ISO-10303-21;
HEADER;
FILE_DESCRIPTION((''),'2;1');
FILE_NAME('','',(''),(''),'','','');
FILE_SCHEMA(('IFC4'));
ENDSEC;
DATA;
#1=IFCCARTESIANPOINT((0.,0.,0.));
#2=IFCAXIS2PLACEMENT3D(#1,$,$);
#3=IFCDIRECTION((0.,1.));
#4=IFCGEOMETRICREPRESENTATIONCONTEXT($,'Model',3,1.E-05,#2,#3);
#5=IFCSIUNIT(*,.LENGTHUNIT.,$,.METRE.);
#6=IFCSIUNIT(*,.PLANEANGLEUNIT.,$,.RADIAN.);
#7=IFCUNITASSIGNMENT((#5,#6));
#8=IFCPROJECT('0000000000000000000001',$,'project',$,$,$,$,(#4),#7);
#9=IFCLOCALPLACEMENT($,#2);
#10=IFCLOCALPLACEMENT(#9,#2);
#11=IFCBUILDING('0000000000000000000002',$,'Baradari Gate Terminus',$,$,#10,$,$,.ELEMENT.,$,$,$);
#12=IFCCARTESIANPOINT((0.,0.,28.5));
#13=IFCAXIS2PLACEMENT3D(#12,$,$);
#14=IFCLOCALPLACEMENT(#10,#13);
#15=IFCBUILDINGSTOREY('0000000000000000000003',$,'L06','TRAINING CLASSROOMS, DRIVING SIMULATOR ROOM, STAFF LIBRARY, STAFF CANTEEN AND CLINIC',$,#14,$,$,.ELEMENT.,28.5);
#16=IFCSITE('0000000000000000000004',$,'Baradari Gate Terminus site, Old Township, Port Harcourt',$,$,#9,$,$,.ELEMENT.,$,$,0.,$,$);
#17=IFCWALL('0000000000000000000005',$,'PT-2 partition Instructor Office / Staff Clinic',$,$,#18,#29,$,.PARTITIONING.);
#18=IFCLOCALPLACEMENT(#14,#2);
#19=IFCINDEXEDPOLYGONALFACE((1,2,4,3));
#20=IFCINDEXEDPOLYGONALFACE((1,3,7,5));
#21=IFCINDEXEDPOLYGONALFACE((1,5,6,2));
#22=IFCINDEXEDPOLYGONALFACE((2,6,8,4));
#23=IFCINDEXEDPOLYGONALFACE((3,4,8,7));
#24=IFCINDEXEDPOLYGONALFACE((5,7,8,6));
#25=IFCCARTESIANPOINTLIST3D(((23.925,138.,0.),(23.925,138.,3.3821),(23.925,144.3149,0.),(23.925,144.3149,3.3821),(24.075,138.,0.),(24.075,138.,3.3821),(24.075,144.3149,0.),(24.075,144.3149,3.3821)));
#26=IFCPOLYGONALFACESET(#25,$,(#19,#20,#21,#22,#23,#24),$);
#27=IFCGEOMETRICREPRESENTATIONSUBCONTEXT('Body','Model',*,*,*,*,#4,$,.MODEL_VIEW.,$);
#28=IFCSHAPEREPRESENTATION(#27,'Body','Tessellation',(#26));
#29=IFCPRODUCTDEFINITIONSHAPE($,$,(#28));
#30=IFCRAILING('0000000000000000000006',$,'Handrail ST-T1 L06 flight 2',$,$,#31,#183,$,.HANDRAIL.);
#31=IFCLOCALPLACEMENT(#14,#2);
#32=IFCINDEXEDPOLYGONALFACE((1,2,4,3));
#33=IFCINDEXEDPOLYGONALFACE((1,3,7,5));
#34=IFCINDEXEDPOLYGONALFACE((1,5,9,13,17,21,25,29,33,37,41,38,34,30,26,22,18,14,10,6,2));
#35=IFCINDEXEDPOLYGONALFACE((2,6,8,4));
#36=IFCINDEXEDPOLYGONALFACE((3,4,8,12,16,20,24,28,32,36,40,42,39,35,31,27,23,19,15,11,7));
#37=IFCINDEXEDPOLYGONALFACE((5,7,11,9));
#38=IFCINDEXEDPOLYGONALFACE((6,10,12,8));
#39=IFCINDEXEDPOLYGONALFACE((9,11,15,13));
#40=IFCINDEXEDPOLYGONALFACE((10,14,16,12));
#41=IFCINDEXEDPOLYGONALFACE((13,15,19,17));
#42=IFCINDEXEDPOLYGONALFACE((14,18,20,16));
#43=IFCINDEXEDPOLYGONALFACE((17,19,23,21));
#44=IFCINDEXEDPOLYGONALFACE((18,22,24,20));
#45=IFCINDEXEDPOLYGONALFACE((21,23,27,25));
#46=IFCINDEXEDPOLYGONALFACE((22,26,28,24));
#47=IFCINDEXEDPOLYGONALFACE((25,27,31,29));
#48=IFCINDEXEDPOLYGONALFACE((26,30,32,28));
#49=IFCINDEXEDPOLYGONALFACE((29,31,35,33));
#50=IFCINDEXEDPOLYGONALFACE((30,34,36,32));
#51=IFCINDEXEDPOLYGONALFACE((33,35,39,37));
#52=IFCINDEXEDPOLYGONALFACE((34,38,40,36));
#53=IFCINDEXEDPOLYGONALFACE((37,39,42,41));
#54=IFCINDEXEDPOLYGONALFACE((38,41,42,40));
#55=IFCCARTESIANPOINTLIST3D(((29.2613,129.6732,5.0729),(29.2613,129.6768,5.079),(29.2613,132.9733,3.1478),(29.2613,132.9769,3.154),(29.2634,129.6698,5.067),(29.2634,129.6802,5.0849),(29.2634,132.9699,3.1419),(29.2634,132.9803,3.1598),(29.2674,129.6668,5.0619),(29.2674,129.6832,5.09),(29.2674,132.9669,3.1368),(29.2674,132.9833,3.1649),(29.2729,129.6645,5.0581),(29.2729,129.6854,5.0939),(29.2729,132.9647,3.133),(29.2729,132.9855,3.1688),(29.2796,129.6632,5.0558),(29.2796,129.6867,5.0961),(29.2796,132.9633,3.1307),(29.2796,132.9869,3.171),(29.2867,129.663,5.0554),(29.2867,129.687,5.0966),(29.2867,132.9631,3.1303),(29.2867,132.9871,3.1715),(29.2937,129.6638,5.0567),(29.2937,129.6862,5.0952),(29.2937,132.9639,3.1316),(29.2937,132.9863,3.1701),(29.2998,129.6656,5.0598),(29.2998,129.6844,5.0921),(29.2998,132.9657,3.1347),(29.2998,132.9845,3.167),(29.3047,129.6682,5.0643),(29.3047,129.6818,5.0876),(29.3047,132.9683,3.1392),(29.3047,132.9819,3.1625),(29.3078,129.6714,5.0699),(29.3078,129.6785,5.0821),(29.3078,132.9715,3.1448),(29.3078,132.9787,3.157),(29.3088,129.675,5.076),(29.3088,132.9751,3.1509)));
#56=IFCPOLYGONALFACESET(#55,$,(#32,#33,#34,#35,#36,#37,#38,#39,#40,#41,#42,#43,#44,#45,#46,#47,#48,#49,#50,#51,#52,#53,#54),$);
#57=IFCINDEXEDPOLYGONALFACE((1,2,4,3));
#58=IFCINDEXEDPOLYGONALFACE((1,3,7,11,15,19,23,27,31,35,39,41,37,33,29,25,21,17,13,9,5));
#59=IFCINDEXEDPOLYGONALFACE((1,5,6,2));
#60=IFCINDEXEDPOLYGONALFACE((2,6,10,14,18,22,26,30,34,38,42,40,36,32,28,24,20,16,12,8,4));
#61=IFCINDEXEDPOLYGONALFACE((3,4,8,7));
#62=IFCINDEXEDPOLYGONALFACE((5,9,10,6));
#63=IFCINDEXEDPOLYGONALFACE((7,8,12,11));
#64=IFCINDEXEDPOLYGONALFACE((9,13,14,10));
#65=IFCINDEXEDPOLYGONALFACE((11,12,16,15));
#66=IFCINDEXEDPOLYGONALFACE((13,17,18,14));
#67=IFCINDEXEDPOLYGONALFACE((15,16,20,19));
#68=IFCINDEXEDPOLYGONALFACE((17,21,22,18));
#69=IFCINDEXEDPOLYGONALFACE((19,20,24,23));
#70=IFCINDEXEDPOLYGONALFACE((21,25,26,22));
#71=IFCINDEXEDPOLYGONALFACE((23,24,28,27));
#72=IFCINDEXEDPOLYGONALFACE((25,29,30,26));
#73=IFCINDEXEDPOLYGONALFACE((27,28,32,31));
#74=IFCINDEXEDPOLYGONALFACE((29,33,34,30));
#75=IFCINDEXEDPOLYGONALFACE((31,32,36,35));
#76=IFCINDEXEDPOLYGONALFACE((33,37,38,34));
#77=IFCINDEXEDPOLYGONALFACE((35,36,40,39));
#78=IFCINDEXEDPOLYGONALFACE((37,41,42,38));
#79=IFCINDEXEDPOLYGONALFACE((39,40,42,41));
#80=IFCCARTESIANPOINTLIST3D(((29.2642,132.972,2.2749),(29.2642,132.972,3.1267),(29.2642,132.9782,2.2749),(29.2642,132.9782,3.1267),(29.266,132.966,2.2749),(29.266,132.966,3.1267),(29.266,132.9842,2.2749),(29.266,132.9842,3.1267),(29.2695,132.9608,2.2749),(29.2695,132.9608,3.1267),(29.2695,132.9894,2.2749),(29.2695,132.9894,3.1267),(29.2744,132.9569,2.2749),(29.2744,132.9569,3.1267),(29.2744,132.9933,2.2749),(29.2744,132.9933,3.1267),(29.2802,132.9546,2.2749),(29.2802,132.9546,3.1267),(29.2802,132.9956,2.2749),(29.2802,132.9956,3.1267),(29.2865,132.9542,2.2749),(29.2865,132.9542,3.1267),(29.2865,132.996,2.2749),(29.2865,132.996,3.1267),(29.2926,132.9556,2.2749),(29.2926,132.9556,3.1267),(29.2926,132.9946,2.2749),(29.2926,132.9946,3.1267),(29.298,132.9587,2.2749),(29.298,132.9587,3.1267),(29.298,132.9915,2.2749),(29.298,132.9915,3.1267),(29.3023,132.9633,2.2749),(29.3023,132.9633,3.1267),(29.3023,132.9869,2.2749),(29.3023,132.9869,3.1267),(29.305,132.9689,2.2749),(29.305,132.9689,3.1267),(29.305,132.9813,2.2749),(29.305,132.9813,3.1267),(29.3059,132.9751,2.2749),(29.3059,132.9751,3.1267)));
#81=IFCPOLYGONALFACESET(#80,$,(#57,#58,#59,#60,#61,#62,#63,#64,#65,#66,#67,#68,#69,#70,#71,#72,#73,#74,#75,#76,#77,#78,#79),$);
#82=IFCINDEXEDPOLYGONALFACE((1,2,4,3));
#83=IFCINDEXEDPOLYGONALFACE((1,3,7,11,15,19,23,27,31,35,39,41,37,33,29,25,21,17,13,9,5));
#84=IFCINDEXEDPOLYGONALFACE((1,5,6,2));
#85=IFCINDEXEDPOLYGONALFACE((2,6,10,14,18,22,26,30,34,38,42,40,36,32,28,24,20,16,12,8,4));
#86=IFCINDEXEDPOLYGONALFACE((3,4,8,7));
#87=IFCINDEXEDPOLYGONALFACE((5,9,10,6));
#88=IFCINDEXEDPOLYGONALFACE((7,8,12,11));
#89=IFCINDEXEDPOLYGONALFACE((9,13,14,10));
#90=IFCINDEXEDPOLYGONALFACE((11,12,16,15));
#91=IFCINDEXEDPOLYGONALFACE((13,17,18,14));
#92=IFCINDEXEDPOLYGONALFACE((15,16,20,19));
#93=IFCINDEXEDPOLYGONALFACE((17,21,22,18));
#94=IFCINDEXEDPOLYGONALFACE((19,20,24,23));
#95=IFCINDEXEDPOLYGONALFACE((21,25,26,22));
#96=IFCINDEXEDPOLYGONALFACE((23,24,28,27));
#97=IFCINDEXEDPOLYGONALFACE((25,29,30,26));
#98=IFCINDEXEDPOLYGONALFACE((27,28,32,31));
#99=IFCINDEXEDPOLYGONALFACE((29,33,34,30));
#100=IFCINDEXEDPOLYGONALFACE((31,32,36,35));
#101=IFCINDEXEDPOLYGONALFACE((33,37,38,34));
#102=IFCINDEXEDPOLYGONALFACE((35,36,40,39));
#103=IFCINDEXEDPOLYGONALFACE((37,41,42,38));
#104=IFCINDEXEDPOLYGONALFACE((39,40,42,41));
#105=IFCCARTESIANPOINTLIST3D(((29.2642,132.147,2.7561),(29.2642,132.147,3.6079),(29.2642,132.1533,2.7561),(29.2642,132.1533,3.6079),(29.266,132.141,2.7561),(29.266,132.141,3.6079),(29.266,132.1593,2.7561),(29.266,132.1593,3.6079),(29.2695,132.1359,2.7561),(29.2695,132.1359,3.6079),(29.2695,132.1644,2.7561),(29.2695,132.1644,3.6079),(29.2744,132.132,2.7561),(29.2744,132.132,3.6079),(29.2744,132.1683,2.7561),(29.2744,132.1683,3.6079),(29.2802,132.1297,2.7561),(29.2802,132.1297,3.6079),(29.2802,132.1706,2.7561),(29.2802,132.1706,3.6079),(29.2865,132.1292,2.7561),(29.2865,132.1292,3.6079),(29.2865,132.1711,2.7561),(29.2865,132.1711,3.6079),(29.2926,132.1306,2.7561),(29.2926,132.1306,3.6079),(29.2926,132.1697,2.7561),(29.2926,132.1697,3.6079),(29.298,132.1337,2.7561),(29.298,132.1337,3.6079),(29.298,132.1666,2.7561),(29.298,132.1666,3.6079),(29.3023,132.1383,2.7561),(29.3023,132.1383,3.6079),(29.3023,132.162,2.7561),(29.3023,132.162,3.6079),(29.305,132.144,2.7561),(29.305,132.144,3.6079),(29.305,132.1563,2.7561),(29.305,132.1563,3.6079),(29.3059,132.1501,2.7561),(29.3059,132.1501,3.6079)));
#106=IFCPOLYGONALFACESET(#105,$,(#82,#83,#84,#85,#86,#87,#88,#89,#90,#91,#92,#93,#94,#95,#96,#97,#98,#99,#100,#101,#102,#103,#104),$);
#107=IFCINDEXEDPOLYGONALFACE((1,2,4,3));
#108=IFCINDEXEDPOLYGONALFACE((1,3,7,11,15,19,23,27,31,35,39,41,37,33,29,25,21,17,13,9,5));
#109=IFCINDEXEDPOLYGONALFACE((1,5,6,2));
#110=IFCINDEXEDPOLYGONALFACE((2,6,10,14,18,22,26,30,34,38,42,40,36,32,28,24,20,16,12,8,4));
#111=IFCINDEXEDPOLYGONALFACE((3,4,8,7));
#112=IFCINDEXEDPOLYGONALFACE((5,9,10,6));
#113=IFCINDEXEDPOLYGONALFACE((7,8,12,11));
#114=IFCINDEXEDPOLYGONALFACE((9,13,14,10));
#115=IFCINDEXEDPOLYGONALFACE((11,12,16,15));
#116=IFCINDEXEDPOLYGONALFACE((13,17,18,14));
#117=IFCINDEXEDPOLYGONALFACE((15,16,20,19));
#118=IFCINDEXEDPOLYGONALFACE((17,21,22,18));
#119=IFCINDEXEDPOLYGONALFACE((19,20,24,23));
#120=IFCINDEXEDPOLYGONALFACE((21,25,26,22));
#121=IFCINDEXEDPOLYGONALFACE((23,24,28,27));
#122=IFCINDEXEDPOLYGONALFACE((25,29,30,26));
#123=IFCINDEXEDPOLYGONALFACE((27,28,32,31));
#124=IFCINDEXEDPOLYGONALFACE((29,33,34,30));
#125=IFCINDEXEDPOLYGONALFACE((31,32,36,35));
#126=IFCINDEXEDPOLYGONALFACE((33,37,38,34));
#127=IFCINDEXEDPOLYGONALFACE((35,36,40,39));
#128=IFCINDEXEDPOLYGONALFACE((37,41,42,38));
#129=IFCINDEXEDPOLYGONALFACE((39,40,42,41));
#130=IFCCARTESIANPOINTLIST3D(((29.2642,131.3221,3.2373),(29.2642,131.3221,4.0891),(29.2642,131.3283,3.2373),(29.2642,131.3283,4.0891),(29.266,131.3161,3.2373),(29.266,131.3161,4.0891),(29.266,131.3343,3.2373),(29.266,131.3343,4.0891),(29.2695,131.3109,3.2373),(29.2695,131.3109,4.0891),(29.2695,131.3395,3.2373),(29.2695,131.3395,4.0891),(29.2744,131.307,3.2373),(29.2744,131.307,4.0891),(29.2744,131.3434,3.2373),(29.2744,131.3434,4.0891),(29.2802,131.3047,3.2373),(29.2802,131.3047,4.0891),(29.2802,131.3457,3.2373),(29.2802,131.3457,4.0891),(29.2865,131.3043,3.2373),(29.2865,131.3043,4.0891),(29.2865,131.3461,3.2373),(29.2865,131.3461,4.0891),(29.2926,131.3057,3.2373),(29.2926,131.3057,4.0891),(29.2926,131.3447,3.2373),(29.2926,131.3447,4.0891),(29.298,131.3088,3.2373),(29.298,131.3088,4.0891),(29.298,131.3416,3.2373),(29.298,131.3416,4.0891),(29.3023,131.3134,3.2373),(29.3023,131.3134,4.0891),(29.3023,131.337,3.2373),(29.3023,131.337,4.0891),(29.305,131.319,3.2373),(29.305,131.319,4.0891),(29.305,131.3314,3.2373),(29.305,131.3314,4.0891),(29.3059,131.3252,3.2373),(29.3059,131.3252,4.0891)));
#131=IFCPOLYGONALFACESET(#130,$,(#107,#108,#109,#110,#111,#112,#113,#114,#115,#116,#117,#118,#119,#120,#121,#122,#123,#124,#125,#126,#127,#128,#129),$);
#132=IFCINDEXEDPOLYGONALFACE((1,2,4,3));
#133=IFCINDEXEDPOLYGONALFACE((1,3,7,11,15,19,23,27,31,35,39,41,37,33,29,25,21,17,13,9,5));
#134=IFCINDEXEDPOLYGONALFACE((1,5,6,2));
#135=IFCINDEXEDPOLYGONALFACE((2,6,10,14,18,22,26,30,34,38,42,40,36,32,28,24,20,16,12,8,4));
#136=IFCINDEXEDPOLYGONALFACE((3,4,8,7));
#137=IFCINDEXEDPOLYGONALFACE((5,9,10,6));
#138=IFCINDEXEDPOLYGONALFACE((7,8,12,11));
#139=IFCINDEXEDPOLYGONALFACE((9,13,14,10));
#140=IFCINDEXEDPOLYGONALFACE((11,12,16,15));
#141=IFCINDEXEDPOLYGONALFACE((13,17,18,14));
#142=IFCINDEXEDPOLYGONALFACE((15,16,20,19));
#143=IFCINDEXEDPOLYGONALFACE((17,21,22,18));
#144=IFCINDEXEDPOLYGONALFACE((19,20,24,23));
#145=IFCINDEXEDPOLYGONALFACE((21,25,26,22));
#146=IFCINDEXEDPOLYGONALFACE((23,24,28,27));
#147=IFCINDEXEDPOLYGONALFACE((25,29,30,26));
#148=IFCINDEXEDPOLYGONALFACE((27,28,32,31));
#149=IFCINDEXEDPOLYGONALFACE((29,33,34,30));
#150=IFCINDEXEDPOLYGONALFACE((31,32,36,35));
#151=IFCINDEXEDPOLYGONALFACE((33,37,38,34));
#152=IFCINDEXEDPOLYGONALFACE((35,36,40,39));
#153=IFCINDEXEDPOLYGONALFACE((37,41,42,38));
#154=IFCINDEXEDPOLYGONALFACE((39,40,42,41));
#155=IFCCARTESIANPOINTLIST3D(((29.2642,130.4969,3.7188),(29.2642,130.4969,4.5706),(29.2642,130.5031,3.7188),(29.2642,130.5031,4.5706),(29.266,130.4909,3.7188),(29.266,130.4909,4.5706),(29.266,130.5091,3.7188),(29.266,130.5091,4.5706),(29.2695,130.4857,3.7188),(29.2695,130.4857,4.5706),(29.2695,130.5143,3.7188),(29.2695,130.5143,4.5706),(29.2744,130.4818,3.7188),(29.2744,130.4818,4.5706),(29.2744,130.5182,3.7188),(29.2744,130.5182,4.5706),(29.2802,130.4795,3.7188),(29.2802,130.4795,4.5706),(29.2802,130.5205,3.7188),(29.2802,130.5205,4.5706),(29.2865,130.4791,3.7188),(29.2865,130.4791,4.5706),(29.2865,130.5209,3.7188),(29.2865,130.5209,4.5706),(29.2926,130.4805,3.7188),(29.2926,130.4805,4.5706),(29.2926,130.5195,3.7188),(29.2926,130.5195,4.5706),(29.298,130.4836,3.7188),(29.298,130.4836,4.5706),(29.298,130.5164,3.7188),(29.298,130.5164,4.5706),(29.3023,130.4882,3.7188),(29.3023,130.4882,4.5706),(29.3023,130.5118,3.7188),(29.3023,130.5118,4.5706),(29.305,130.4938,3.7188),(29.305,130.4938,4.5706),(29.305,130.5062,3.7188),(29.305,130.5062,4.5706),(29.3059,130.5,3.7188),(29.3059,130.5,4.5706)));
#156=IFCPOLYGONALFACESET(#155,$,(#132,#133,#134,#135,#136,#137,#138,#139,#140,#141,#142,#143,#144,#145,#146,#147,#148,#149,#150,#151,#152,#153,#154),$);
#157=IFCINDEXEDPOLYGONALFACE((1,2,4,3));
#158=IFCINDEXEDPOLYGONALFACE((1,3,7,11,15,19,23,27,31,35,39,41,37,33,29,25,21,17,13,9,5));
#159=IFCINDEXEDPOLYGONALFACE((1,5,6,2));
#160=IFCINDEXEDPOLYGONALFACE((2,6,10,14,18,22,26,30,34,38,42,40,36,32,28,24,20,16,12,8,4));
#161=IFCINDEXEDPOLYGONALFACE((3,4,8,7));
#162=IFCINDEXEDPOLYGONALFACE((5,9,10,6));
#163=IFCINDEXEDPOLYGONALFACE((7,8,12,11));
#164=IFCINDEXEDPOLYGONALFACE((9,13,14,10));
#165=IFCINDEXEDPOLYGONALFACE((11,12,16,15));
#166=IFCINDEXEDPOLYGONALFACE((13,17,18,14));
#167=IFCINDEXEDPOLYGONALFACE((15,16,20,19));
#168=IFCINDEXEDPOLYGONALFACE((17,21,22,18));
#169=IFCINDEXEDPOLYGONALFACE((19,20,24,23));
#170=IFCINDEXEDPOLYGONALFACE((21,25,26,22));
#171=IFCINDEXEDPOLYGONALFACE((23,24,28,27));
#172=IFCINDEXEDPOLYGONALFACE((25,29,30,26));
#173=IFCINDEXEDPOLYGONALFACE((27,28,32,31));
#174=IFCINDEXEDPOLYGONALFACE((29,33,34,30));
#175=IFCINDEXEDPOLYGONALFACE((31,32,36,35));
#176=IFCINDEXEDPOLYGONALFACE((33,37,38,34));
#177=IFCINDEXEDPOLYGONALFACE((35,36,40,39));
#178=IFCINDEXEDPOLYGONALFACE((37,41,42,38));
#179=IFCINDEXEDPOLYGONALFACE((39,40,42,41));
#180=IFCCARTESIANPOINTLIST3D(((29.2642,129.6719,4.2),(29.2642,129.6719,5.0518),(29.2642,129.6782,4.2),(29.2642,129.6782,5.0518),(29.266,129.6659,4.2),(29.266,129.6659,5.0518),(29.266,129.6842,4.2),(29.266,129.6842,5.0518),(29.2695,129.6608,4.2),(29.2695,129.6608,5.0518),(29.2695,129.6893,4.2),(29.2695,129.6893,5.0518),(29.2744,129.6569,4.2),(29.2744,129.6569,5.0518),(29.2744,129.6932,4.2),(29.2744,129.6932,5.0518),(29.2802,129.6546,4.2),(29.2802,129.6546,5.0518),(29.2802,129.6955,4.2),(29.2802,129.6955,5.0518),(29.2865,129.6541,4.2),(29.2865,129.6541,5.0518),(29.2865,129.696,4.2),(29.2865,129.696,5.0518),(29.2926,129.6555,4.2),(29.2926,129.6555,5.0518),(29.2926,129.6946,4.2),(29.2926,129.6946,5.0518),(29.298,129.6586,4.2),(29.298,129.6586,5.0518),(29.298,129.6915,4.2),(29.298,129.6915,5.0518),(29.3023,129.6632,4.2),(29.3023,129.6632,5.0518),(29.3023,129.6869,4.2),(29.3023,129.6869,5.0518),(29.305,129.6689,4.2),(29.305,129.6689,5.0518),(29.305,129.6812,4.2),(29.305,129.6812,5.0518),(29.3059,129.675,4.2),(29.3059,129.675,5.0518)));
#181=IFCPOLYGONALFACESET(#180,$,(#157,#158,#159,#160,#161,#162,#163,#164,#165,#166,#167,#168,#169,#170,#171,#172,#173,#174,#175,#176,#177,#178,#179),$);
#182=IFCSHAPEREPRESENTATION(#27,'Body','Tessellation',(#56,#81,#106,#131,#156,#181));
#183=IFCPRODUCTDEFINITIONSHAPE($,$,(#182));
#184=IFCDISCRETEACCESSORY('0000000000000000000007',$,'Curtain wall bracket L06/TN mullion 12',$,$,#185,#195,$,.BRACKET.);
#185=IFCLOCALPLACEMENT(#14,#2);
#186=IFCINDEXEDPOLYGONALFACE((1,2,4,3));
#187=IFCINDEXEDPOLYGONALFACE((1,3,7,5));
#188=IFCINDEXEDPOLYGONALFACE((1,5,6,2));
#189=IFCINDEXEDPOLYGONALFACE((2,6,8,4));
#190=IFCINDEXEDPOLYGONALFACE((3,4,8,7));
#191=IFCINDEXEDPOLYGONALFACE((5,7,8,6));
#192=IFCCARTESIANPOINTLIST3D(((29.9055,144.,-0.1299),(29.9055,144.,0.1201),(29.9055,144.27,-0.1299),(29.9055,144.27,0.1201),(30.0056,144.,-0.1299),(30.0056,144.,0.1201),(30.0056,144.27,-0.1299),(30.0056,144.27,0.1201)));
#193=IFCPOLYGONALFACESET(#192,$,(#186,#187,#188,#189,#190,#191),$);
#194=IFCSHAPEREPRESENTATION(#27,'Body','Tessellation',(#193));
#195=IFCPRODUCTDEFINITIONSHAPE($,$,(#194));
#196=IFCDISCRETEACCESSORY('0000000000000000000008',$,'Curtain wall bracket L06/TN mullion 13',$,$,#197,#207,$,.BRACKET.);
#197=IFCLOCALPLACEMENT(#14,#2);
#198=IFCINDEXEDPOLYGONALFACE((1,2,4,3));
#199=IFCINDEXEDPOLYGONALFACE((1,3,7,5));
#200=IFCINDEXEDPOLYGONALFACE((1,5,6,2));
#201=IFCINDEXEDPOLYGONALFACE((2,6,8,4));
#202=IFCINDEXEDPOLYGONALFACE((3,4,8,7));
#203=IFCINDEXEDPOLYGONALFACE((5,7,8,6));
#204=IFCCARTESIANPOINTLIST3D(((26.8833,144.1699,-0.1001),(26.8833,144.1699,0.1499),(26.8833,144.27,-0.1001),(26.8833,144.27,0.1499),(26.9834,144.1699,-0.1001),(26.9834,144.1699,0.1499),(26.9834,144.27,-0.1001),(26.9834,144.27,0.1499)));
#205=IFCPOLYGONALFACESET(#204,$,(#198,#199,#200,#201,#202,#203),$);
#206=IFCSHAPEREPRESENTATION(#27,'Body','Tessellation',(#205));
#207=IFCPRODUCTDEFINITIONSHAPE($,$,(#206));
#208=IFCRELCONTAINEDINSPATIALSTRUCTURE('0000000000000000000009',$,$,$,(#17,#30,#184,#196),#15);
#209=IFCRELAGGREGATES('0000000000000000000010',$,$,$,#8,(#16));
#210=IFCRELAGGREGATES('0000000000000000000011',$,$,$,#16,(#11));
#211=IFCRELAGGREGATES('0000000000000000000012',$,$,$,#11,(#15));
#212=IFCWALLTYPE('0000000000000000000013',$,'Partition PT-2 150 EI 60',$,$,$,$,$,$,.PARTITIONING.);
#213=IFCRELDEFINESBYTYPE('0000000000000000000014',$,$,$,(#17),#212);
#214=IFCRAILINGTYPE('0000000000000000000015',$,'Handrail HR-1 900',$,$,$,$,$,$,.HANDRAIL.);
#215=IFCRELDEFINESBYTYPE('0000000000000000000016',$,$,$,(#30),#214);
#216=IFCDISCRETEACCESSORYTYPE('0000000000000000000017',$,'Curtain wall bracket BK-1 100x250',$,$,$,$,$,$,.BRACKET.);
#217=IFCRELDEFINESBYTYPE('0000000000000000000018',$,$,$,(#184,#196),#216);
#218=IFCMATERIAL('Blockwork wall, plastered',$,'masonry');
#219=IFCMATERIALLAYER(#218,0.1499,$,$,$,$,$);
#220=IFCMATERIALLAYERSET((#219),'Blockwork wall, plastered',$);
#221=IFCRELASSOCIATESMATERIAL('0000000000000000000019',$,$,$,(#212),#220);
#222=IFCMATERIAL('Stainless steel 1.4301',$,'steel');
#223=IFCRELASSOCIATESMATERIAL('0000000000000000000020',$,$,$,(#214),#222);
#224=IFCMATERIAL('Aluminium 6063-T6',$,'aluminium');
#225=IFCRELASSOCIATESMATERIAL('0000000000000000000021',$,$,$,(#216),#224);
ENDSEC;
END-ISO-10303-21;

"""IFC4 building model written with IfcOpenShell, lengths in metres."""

from ifc_helpers import new_model, si_unit, direction, frame, frame_2d, origin, origin_2d, place, context, subcontext, project, spatial, rectangle, circle, extrude, material, layer, layer_set, type_object, element, save


model = new_model("IFC4")

# Units and contexts
model_context = context("Model", 3, precision=1e-05, world=origin(), true_north=direction((0.0, 1.0)))
body_context = subcontext(model_context, "Body", "Model", "MODEL_VIEW")
ifc_project = project(units=[si_unit("LENGTHUNIT", "METRE"), si_unit("PLANEANGLEUNIT", "RADIAN")], contexts=[model_context])

# Site, building, storey
site_placement = place(None, origin())
site = spatial("IfcSite", under=ifc_project, at=site_placement, Name="Baradari Gate Terminus site, Old Township, Port Harcourt", CompositionType="ELEMENT", RefElevation=0.0)
building_placement = place(site_placement, origin())
building = spatial("IfcBuilding", under=site, at=building_placement, Name="Baradari Gate Terminus", CompositionType="ELEMENT")
storey_placement = place(building_placement, frame((0.0, 0.0, 28.5)))
storey = spatial("IfcBuildingStorey", under=building, at=storey_placement, Name="L06", Description="TRAINING CLASSROOMS, DRIVING SIMULATOR ROOM, STAFF LIBRARY, STAFF CANTEEN AND CLINIC", CompositionType="ELEMENT", Elevation=28.5)

# Wall
ifc_material_1 = material(Name="Blockwork wall, plastered", Category="masonry")
ifc_layer_1 = layer(ifc_material_1, 0.1499)
ifc_layer_set_1 = layer_set([ifc_layer_1], Name="Blockwork wall, plastered")
wall_type_1 = type_object("IfcWallType", Name="Partition PT-2 150 EI 60", PredefinedType="PARTITIONING", material=ifc_layer_set_1)
wall_1_placement = place(storey_placement, frame((24.0, 144.3149, 0.0), z_axis=(0.0, 0.0, 1.0), x_axis=(0.0, -1.0, 0.0)))
element("IfcWall", 1, at=wall_1_placement, inside=storey, type_object=wall_type_1, Name="PT-2 partition Instructor Office / Staff Clinic", PredefinedType="PARTITIONING", context=body_context, shape_type="SweptSolid", body=[
    extrude(rectangle(XDim=6.3149, YDim=0.1499, at=frame_2d((3.1575, 0.0))), origin(), (0.0, 0.0, 1.0), 3.3821),
])

# Railing
ifc_material_2 = material(Name="Stainless steel 1.4301", Category="steel")
railing_type = type_object("IfcRailingType", Name="Handrail HR-1 900", PredefinedType="HANDRAIL", material=ifc_material_2)
railing_placement = place(storey_placement, frame((29.2849, 132.9751, 2.2749)))
element("IfcRailing", 2, at=railing_placement, inside=storey, type_object=railing_type, Name="Handrail ST-T1 L06 flight 2", PredefinedType="HANDRAIL", context=body_context, shape_type="SweptSolid", body=[
    extrude(circle(Radius=0.0239, at=origin_2d()), frame((0.0, 0.0, 0.876), z_axis=(0.0, -0.863777, 0.503875), x_axis=(1.0, 0.0, 0.0)), (0.0, 0.0, 1.0), 3.8206),
    extrude(circle(Radius=0.021, at=origin_2d()), origin(), (0.0, 0.0, 1.0), 0.8518),
    extrude(circle(Radius=0.021, at=origin_2d()), frame((0.0, -0.825, 0.4812)), (0.0, 0.0, 1.0), 0.8518),
    extrude(circle(Radius=0.021, at=origin_2d()), frame((0.0, -1.6499, 0.9624)), (0.0, 0.0, 1.0), 0.8518),
    extrude(circle(Radius=0.021, at=origin_2d()), frame((0.0, -2.4751, 1.4438)), (0.0, 0.0, 1.0), 0.8518),
    extrude(circle(Radius=0.021, at=origin_2d()), frame((0.0, -3.3, 1.925)), (0.0, 0.0, 1.0), 0.8518),
])

# Discrete accessories
ifc_material_3 = material(Name="Aluminium 6063-T6", Category="aluminium")
discrete_accessory_type = type_object("IfcDiscreteAccessoryType", Name="Curtain wall bracket BK-1 100x250", PredefinedType="BRACKET", material=ifc_material_3)
discrete_accessory_1_placement = place(storey_placement, frame((29.9556, 144.135, -0.1299), z_axis=(0.0, 0.0, 1.0), x_axis=(0.0, 1.0, 0.0)))
element("IfcDiscreteAccessory", 3, at=discrete_accessory_1_placement, inside=storey, type_object=discrete_accessory_type, Name="Curtain wall bracket L06/TN mullion 12", PredefinedType="BRACKET", context=body_context, shape_type="SweptSolid", body=[
    extrude(rectangle(XDim=0.27, YDim=0.1001, at=origin_2d()), origin(), (0.0, 0.0, 1.0), 0.25),
])
discrete_accessory_2_placement = place(storey_placement, frame((26.9333, 144.22, -0.1001), z_axis=(0.0, 0.0, 1.0), x_axis=(0.0, 1.0, 0.0)))
element("IfcDiscreteAccessory", 4, at=discrete_accessory_2_placement, inside=storey, type_object=discrete_accessory_type, Name="Curtain wall bracket L06/TN mullion 13", PredefinedType="BRACKET", context=body_context, shape_type="SweptSolid", body=[
    extrude(rectangle(XDim=0.1001, YDim=0.1001, at=origin_2d()), origin(), (0.0, 0.0, 1.0), 0.25),
])

save(model, "model.ifc")
